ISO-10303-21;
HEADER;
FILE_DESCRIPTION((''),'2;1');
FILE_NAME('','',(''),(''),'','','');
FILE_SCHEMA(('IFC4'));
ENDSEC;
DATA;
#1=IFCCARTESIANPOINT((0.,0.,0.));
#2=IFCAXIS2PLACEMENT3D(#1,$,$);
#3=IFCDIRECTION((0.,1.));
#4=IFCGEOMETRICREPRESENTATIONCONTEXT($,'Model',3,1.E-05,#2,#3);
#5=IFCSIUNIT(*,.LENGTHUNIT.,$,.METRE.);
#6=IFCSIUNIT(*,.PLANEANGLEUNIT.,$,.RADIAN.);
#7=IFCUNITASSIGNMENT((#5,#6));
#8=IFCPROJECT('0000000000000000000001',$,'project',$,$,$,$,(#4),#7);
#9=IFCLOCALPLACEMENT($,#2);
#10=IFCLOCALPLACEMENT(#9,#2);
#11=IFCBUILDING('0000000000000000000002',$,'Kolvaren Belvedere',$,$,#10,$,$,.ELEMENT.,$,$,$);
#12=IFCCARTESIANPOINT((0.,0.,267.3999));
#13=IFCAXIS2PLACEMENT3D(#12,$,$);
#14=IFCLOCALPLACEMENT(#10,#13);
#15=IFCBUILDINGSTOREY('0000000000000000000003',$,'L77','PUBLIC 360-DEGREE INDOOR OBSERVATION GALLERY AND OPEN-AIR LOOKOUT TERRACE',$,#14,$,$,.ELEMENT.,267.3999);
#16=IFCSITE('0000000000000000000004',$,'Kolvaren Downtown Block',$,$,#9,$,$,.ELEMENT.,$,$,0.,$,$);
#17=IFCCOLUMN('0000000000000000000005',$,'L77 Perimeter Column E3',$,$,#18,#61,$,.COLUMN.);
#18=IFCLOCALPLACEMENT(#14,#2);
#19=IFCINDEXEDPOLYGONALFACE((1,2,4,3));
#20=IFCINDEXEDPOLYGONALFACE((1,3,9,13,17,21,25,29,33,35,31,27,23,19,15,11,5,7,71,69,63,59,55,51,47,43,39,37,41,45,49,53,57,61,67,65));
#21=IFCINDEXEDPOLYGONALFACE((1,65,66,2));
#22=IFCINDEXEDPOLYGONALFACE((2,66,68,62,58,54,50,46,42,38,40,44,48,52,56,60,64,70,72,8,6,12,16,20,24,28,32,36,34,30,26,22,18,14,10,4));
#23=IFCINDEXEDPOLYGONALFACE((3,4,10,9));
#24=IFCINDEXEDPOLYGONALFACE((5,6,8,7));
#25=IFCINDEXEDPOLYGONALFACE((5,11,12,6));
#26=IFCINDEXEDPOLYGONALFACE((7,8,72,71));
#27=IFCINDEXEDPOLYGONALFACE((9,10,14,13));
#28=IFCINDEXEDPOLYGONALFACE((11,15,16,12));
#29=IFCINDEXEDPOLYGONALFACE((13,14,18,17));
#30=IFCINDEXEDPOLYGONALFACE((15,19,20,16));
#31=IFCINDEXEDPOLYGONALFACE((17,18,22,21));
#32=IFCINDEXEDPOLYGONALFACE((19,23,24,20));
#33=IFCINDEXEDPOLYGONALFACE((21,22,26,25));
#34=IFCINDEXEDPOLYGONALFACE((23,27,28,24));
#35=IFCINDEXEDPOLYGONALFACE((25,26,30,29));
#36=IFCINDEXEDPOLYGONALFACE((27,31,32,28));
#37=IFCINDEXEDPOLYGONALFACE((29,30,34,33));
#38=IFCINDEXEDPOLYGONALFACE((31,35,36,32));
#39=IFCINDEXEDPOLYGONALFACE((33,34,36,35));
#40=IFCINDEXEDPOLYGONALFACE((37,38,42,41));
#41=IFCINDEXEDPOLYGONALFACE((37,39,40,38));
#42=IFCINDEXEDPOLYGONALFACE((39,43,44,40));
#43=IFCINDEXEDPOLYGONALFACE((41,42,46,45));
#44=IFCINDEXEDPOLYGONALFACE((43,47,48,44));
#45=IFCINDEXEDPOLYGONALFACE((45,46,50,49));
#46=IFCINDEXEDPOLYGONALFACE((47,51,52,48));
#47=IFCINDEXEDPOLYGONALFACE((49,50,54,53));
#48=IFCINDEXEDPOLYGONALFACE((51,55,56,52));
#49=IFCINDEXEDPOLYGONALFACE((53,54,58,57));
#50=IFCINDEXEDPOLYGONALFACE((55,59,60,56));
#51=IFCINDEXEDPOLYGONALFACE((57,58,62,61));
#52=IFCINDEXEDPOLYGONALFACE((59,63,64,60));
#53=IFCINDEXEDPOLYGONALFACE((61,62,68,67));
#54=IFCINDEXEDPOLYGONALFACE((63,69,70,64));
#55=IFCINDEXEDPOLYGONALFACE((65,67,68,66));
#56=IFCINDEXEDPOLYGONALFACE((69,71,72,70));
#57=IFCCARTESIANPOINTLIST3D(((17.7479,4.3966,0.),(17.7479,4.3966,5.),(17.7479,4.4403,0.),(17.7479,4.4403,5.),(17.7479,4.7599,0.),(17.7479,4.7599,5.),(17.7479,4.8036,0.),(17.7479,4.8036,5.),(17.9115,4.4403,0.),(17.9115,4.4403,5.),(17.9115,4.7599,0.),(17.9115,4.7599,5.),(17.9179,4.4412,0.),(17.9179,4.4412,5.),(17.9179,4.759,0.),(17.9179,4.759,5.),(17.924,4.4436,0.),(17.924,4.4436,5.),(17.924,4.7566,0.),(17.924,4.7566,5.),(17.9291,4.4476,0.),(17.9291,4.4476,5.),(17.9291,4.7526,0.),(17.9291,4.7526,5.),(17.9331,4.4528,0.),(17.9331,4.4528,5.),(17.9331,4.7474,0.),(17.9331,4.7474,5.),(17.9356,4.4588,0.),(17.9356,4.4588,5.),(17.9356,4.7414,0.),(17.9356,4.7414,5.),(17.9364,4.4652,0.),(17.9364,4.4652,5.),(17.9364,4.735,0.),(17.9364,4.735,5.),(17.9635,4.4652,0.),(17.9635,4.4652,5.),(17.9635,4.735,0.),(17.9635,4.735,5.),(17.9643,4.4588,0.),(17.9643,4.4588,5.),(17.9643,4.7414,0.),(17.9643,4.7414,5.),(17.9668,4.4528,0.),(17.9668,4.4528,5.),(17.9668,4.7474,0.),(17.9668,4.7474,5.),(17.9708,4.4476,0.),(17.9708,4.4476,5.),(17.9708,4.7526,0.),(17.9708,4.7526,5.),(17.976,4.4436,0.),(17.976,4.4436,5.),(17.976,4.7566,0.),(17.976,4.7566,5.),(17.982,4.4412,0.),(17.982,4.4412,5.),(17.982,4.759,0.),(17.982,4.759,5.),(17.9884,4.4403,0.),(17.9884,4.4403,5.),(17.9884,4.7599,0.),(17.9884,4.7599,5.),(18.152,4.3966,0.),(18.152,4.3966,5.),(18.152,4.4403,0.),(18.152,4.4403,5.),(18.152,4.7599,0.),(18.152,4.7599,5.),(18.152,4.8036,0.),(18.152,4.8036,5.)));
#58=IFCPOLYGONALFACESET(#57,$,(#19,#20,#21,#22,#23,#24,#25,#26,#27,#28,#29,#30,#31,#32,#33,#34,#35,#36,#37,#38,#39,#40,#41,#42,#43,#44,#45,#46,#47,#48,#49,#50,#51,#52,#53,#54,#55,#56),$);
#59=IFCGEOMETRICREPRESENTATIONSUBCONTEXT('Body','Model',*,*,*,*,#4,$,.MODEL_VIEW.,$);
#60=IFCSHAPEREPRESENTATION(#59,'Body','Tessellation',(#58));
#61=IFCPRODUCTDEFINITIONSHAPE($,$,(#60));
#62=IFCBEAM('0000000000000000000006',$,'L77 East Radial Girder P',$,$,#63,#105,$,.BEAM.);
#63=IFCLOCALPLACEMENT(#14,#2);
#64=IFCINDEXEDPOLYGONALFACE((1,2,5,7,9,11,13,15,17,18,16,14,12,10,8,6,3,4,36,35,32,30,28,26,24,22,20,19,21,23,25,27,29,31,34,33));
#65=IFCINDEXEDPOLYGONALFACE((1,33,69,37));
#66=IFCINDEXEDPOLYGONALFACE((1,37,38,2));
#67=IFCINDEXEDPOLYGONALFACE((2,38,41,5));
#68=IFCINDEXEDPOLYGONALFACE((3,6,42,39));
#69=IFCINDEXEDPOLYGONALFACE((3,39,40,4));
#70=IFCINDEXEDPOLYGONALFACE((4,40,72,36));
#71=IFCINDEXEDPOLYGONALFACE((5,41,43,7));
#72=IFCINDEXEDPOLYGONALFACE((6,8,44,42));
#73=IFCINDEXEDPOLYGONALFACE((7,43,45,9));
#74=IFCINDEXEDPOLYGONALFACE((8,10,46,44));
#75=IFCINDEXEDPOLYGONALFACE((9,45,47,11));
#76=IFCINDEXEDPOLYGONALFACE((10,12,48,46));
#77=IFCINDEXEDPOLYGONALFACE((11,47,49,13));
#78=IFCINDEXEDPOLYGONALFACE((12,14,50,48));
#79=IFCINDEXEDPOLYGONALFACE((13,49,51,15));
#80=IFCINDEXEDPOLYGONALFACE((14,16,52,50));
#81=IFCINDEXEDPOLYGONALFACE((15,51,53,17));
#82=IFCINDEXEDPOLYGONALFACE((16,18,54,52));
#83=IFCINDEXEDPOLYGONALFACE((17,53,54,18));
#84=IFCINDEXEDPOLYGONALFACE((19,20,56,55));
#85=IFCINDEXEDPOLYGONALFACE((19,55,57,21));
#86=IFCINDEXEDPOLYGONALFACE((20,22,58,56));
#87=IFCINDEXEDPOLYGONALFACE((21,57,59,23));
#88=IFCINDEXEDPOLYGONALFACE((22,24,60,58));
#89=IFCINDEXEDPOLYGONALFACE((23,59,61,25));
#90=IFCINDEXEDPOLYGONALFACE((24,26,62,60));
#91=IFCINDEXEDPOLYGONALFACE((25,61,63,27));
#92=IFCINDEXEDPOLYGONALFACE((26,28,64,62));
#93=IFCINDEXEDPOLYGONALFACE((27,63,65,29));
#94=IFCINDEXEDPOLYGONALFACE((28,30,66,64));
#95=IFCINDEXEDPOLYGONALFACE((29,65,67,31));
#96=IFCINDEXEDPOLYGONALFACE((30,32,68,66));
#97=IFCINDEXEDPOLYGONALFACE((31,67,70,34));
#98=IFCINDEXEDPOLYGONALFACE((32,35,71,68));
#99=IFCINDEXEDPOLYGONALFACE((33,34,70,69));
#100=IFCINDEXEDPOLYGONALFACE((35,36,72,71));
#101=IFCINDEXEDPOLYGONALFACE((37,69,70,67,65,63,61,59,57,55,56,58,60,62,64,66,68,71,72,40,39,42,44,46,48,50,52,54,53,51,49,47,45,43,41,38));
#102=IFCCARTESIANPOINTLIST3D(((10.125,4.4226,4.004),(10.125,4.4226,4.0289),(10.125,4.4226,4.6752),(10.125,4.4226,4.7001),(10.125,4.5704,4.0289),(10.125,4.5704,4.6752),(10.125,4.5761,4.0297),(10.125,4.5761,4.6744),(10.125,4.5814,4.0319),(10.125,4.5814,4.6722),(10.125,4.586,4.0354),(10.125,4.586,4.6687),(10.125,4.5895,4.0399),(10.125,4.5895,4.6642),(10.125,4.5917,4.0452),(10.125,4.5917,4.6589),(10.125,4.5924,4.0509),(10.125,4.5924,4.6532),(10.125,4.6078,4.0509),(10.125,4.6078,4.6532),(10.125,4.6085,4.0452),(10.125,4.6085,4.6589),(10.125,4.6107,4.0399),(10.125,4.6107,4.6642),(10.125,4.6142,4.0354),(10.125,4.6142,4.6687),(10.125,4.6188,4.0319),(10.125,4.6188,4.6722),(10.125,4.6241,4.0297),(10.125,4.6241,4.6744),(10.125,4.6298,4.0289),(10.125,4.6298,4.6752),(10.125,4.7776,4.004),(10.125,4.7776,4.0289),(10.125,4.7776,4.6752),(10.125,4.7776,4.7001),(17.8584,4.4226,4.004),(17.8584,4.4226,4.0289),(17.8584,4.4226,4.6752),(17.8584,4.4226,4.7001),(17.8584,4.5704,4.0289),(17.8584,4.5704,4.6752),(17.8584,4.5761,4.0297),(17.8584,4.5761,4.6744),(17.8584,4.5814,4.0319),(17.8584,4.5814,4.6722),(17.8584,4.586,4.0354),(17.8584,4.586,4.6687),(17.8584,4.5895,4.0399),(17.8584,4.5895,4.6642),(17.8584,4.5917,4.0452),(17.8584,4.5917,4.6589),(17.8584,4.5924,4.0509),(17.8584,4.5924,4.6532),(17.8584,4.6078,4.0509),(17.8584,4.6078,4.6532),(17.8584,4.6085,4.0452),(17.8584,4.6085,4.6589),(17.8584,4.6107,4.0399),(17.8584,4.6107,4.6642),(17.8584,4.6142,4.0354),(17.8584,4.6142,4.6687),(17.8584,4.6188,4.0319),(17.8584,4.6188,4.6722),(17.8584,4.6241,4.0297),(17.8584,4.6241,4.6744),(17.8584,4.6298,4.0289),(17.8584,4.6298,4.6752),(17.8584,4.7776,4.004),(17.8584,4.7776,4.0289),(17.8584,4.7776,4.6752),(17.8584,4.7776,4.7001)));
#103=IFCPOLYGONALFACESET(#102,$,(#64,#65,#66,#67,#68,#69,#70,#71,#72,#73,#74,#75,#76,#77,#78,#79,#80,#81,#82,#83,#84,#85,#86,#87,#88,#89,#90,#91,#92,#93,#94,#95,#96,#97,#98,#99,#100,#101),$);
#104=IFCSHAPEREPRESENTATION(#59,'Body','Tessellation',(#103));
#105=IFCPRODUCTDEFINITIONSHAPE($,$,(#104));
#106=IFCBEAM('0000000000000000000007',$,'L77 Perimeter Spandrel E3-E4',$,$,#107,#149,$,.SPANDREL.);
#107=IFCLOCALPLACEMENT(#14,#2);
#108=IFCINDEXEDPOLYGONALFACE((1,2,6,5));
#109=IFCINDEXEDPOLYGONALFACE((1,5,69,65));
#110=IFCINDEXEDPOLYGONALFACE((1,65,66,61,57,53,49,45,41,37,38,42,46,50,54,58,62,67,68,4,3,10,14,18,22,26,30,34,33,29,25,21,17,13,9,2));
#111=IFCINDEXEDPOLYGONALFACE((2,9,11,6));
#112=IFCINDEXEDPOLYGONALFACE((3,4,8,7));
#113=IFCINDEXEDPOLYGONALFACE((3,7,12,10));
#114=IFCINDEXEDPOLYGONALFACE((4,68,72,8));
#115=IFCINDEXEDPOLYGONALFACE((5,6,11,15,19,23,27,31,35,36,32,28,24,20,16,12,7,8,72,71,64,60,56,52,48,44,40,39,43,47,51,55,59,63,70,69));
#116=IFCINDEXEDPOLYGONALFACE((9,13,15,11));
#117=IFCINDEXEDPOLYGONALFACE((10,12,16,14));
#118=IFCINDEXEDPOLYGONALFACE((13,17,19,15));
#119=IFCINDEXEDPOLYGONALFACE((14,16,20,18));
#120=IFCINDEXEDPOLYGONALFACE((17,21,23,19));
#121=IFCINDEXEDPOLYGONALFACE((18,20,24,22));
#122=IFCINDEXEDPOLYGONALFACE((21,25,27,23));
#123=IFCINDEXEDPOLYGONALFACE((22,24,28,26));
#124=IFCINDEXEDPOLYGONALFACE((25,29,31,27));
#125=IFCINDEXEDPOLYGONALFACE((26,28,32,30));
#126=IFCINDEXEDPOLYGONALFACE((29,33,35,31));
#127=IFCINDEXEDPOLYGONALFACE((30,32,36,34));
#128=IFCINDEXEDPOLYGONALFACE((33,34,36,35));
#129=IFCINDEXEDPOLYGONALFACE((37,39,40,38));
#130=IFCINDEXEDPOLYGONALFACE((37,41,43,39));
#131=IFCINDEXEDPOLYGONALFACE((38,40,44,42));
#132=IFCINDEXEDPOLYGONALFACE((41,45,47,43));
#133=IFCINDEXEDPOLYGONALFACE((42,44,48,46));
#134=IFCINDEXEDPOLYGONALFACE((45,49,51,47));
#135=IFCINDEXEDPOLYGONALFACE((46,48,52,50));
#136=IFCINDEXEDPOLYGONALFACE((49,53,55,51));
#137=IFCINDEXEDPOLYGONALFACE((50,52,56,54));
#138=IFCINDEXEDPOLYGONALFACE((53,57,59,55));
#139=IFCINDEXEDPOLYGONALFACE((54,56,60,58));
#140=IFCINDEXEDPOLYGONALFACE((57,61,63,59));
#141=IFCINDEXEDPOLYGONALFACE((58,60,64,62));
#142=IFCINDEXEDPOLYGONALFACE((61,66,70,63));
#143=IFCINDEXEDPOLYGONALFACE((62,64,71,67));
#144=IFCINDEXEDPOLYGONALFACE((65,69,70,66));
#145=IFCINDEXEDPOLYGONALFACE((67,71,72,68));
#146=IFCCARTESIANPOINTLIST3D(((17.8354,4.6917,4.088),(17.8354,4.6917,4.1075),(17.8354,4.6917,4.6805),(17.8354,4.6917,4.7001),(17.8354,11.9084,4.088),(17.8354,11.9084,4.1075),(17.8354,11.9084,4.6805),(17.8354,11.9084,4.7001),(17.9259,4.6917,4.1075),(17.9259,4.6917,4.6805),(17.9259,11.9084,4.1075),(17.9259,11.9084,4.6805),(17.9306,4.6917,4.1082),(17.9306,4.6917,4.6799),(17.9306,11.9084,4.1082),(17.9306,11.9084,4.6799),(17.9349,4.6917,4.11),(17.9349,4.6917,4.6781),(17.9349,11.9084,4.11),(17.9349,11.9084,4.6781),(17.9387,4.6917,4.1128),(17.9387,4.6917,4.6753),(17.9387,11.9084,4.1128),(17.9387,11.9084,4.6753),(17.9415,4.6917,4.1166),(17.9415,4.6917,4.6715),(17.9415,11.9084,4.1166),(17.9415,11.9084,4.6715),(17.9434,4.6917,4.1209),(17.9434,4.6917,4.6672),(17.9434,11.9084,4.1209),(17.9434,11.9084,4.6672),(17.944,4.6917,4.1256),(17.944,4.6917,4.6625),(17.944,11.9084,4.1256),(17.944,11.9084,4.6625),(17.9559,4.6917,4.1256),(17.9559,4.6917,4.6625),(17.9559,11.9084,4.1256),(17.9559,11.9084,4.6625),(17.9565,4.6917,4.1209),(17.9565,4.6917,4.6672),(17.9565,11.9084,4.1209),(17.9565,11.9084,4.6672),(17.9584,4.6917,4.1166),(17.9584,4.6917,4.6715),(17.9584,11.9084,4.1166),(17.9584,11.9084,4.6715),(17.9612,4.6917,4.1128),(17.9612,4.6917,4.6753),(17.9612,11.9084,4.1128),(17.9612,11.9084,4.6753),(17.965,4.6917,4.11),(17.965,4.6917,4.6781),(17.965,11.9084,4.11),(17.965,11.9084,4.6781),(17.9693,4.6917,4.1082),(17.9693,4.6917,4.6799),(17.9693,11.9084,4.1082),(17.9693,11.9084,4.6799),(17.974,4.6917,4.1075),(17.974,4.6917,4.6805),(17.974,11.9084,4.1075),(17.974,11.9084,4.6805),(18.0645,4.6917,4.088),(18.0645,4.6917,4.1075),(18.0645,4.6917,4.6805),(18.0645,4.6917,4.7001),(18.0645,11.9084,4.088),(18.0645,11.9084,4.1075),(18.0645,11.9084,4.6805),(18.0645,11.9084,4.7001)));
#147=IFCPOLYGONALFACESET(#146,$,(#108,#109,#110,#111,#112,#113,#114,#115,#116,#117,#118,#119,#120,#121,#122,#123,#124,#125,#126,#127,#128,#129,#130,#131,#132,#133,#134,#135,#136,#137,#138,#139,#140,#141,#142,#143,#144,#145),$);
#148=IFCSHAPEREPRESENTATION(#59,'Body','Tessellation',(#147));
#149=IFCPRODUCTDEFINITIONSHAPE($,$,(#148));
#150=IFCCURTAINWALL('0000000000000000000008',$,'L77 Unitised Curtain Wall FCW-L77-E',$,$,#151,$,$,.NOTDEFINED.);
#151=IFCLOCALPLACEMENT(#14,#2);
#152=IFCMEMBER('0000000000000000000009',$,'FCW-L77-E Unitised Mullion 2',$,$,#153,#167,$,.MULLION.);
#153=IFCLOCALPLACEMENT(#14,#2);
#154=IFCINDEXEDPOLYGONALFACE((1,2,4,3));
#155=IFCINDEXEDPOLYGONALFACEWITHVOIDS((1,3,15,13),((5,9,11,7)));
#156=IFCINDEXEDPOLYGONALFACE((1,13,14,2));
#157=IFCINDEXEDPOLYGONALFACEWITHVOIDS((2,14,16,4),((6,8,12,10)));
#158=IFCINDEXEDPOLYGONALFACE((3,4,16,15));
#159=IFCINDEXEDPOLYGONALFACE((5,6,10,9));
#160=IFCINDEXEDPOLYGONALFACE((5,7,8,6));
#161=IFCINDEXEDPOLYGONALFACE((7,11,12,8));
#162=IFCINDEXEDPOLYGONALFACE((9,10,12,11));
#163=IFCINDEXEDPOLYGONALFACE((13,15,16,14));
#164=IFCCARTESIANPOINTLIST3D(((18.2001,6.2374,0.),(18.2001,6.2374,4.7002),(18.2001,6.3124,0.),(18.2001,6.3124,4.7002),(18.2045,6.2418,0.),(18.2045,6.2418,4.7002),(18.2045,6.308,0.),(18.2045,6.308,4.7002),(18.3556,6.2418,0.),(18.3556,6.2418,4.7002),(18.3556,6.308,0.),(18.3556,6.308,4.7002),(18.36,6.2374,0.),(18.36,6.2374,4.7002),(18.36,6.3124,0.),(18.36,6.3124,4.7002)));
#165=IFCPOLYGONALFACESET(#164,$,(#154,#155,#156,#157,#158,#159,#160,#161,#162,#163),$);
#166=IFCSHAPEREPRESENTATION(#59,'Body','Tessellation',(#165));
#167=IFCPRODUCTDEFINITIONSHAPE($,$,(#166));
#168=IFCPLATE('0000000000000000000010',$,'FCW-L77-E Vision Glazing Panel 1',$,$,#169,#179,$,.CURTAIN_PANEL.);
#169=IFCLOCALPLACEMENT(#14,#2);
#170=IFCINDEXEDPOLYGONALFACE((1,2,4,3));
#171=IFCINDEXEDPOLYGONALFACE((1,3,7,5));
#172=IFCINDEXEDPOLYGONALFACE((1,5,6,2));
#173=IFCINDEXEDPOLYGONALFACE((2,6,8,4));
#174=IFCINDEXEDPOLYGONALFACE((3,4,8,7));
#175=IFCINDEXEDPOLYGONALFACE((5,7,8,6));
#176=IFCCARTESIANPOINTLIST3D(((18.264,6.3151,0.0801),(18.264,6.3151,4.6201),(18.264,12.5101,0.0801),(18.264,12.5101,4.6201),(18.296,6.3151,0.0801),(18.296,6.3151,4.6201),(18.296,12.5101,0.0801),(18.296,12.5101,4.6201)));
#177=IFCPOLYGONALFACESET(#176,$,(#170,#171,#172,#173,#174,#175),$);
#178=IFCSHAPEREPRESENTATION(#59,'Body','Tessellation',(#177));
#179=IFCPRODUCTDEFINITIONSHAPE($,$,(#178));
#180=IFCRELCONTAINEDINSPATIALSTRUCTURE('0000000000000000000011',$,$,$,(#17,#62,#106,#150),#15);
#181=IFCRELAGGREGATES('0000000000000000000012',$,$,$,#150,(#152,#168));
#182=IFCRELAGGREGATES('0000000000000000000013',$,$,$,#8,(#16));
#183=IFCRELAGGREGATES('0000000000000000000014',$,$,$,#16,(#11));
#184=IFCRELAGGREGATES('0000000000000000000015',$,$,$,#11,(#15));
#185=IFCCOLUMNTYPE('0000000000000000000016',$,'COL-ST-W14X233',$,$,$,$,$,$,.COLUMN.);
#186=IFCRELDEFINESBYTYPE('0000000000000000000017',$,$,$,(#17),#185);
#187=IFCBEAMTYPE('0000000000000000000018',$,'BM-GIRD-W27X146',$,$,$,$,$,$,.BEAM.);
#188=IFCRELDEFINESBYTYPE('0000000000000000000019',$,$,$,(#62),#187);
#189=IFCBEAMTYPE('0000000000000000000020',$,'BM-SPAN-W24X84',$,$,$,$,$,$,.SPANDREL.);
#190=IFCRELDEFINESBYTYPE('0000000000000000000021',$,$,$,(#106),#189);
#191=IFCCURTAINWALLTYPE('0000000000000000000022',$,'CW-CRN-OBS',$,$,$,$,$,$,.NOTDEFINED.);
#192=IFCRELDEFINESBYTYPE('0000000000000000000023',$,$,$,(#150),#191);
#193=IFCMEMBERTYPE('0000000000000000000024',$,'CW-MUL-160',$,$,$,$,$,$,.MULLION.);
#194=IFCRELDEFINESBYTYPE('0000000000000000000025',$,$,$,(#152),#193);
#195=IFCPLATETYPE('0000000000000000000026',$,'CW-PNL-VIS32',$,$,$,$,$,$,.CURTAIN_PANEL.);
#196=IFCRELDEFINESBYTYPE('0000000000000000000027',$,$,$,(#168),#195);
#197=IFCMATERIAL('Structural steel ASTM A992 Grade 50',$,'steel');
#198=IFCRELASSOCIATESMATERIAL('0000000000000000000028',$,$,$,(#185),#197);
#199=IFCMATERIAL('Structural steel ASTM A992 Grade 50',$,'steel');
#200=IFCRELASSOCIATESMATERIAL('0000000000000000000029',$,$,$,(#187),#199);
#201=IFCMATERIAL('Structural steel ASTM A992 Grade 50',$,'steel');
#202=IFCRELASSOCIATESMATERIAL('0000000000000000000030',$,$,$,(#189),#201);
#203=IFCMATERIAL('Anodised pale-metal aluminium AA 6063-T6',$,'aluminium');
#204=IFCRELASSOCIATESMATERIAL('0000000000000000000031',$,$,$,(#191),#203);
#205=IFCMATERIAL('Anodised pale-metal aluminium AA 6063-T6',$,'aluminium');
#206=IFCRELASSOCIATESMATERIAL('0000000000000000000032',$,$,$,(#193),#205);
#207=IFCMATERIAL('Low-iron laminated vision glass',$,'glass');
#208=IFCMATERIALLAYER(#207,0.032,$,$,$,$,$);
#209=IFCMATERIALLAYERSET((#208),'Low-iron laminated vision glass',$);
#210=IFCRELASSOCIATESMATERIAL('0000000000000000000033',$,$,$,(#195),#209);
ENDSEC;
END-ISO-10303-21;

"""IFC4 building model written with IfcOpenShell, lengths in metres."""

from ifc_helpers import new_model, si_unit, direction, frame, origin, origin_2d, place, context, subcontext, project, spatial, rectangle, hollow_rectangle, i_section, extrude, material, layer, layer_set, material_profile, profile_set, type_object, element, aggregate, save


model = new_model("IFC4")

# Units and contexts
model_context = context("Model", 3, precision=1e-05, world=origin(), true_north=direction((0.0, 1.0)))
body_context = subcontext(model_context, "Body", "Model", "MODEL_VIEW")
ifc_project = project(units=[si_unit("LENGTHUNIT", "METRE"), si_unit("PLANEANGLEUNIT", "RADIAN")], contexts=[model_context])

# Site, building, storey
site_placement = place(None, origin())
site = spatial("IfcSite", under=ifc_project, at=site_placement, Name="Kolvaren Downtown Block", CompositionType="ELEMENT", RefElevation=0.0)
building_placement = place(site_placement, origin())
building = spatial("IfcBuilding", under=site, at=building_placement, Name="Kolvaren Belvedere", CompositionType="ELEMENT")
storey_placement = place(building_placement, frame((0.0, 0.0, 267.3999)))
storey = spatial("IfcBuildingStorey", under=building, at=storey_placement, Name="L77", Description="PUBLIC 360-DEGREE INDOOR OBSERVATION GALLERY AND OPEN-AIR LOOKOUT TERRACE", CompositionType="ELEMENT", Elevation=267.3999)

# Column
ifc_material_1 = material(Name="Structural steel ASTM A992 Grade 50", Category="steel")
ifc_material_profile_1 = material_profile(ifc_material_1, i_section(OverallWidth=0.4041, OverallDepth=0.407, WebThickness=0.0271, FlangeThickness=0.0437, FilletRadius=0.0249, at=origin_2d()), Name="W14X233")
ifc_profile_set_1 = profile_set([ifc_material_profile_1], Name="Structural steel ASTM A992 Grade 50")
column_type = type_object("IfcColumnType", Name="COL-ST-W14X233", PredefinedType="COLUMN", material=ifc_profile_set_1)
column_placement = place(storey_placement, frame((17.95, 4.6001, 0.0), z_axis=(0.0, 0.0, 1.0), x_axis=(1.0, 0.0, 0.0)))
element("IfcColumn", 1, at=column_placement, inside=storey, type_object=column_type, Name="L77 Perimeter Column E3", PredefinedType="COLUMN", context=body_context, shape_type="SweptSolid", body=[
    extrude(i_section(OverallWidth=0.4041, OverallDepth=0.407, WebThickness=0.0271, FlangeThickness=0.0437, FilletRadius=0.0249, at=origin_2d()), origin(), (0.0, 0.0, 1.0), 5.0),
])

# Beams
ifc_material_2 = material(Name="Structural steel ASTM A992 Grade 50", Category="steel")
ifc_material_profile_2 = material_profile(ifc_material_2, i_section(OverallWidth=0.355, OverallDepth=0.696, WebThickness=0.0154, FlangeThickness=0.0249, FilletRadius=0.022, at=origin_2d()), Name="W27X146")
ifc_profile_set_2 = profile_set([ifc_material_profile_2], Name="Structural steel ASTM A992 Grade 50")
beam_type_1 = type_object("IfcBeamType", Name="BM-GIRD-W27X146", PredefinedType="BEAM", material=ifc_profile_set_2)
beam_1_placement = place(storey_placement, frame((10.125, 4.6001, 4.3521), z_axis=(1.0, 0.0, 0.0), x_axis=(0.0, 1.0, 0.0)))
element("IfcBeam", 2, at=beam_1_placement, inside=storey, type_object=beam_type_1, Name="L77 East Radial Girder P", PredefinedType="BEAM", context=body_context, shape_type="SweptSolid", body=[
    extrude(i_section(OverallWidth=0.355, OverallDepth=0.696, WebThickness=0.0154, FlangeThickness=0.0249, FilletRadius=0.022, at=origin_2d()), origin(), (0.0, 0.0, 1.0), 7.7334),
])
ifc_material_3 = material(Name="Structural steel ASTM A992 Grade 50", Category="steel")
ifc_material_profile_3 = material_profile(ifc_material_3, i_section(OverallWidth=0.229, OverallDepth=0.6121, WebThickness=0.012, FlangeThickness=0.0195, FilletRadius=0.0181, at=origin_2d()), Name="W24X84")
ifc_profile_set_3 = profile_set([ifc_material_profile_3], Name="Structural steel ASTM A992 Grade 50")
beam_type_2 = type_object("IfcBeamType", Name="BM-SPAN-W24X84", PredefinedType="SPANDREL", material=ifc_profile_set_3)
beam_2_placement = place(storey_placement, frame((17.95, 4.6917, 4.394), z_axis=(0.0, 1.0, 0.0), x_axis=(-1.0, 0.0, 0.0)))
element("IfcBeam", 3, at=beam_2_placement, inside=storey, type_object=beam_type_2, Name="L77 Perimeter Spandrel E3-E4", PredefinedType="SPANDREL", context=body_context, shape_type="SweptSolid", body=[
    extrude(i_section(OverallWidth=0.229, OverallDepth=0.6121, WebThickness=0.012, FlangeThickness=0.0195, FilletRadius=0.0181, at=origin_2d()), origin(), (0.0, 0.0, 1.0), 7.2168),
])

# Curtain wall, member, plate
ifc_material_4 = material(Name="Anodised pale-metal aluminium AA 6063-T6", Category="aluminium")
curtain_wall_type = type_object("IfcCurtainWallType", Name="CW-CRN-OBS", PredefinedType="NOTDEFINED", material=ifc_material_4)
curtain_wall_placement = place(storey_placement, origin())
curtain_wall = element("IfcCurtainWall", 4, at=curtain_wall_placement, inside=storey, type_object=curtain_wall_type, Name="L77 Unitised Curtain Wall FCW-L77-E", PredefinedType="NOTDEFINED")
ifc_material_5 = material(Name="Anodised pale-metal aluminium AA 6063-T6", Category="aluminium")
ifc_material_profile_4 = material_profile(ifc_material_5, hollow_rectangle(XDim=0.075, YDim=0.1599, WallThickness=0.0044, at=origin_2d()), Name="ALU-MUL-160X75")
ifc_profile_set_4 = profile_set([ifc_material_profile_4], Name="Anodised pale-metal aluminium AA 6063-T6")
member_type = type_object("IfcMemberType", Name="CW-MUL-160", PredefinedType="MULLION", material=ifc_profile_set_4)
member_placement = place(storey_placement, frame((18.28, 6.2749, 0.0), z_axis=(0.0, 0.0, 1.0), x_axis=(0.0, 1.0, 0.0)))
member = element("IfcMember", 5, at=member_placement, type_object=member_type, Name="FCW-L77-E Unitised Mullion 2", PredefinedType="MULLION", context=body_context, shape_type="SweptSolid", body=[
    extrude(hollow_rectangle(XDim=0.075, YDim=0.1599, WallThickness=0.0044, at=origin_2d()), origin(), (0.0, 0.0, 1.0), 4.7002),
])
ifc_material_6 = material(Name="Low-iron laminated vision glass", Category="glass")
ifc_layer_1 = layer(ifc_material_6, 0.032)
ifc_layer_set_1 = layer_set([ifc_layer_1], Name="Low-iron laminated vision glass")
plate_type_1 = type_object("IfcPlateType", Name="CW-PNL-VIS32", PredefinedType="CURTAIN_PANEL", material=ifc_layer_set_1)
plate_1_placement = place(storey_placement, frame((18.28, 9.4126, 0.0801), z_axis=(0.0, 0.0, 1.0), x_axis=(0.0, -1.0, 0.0)))
plate_1 = element("IfcPlate", 6, at=plate_1_placement, type_object=plate_type_1, Name="FCW-L77-E Vision Glazing Panel 1", PredefinedType="CURTAIN_PANEL", context=body_context, shape_type="SweptSolid", body=[
    extrude(rectangle(XDim=6.1951, YDim=0.032, at=origin_2d()), origin(), (0.0, 0.0, 1.0), 4.54),
])
aggregate(curtain_wall, [member, plate_1])

save(model, "model.ifc")
